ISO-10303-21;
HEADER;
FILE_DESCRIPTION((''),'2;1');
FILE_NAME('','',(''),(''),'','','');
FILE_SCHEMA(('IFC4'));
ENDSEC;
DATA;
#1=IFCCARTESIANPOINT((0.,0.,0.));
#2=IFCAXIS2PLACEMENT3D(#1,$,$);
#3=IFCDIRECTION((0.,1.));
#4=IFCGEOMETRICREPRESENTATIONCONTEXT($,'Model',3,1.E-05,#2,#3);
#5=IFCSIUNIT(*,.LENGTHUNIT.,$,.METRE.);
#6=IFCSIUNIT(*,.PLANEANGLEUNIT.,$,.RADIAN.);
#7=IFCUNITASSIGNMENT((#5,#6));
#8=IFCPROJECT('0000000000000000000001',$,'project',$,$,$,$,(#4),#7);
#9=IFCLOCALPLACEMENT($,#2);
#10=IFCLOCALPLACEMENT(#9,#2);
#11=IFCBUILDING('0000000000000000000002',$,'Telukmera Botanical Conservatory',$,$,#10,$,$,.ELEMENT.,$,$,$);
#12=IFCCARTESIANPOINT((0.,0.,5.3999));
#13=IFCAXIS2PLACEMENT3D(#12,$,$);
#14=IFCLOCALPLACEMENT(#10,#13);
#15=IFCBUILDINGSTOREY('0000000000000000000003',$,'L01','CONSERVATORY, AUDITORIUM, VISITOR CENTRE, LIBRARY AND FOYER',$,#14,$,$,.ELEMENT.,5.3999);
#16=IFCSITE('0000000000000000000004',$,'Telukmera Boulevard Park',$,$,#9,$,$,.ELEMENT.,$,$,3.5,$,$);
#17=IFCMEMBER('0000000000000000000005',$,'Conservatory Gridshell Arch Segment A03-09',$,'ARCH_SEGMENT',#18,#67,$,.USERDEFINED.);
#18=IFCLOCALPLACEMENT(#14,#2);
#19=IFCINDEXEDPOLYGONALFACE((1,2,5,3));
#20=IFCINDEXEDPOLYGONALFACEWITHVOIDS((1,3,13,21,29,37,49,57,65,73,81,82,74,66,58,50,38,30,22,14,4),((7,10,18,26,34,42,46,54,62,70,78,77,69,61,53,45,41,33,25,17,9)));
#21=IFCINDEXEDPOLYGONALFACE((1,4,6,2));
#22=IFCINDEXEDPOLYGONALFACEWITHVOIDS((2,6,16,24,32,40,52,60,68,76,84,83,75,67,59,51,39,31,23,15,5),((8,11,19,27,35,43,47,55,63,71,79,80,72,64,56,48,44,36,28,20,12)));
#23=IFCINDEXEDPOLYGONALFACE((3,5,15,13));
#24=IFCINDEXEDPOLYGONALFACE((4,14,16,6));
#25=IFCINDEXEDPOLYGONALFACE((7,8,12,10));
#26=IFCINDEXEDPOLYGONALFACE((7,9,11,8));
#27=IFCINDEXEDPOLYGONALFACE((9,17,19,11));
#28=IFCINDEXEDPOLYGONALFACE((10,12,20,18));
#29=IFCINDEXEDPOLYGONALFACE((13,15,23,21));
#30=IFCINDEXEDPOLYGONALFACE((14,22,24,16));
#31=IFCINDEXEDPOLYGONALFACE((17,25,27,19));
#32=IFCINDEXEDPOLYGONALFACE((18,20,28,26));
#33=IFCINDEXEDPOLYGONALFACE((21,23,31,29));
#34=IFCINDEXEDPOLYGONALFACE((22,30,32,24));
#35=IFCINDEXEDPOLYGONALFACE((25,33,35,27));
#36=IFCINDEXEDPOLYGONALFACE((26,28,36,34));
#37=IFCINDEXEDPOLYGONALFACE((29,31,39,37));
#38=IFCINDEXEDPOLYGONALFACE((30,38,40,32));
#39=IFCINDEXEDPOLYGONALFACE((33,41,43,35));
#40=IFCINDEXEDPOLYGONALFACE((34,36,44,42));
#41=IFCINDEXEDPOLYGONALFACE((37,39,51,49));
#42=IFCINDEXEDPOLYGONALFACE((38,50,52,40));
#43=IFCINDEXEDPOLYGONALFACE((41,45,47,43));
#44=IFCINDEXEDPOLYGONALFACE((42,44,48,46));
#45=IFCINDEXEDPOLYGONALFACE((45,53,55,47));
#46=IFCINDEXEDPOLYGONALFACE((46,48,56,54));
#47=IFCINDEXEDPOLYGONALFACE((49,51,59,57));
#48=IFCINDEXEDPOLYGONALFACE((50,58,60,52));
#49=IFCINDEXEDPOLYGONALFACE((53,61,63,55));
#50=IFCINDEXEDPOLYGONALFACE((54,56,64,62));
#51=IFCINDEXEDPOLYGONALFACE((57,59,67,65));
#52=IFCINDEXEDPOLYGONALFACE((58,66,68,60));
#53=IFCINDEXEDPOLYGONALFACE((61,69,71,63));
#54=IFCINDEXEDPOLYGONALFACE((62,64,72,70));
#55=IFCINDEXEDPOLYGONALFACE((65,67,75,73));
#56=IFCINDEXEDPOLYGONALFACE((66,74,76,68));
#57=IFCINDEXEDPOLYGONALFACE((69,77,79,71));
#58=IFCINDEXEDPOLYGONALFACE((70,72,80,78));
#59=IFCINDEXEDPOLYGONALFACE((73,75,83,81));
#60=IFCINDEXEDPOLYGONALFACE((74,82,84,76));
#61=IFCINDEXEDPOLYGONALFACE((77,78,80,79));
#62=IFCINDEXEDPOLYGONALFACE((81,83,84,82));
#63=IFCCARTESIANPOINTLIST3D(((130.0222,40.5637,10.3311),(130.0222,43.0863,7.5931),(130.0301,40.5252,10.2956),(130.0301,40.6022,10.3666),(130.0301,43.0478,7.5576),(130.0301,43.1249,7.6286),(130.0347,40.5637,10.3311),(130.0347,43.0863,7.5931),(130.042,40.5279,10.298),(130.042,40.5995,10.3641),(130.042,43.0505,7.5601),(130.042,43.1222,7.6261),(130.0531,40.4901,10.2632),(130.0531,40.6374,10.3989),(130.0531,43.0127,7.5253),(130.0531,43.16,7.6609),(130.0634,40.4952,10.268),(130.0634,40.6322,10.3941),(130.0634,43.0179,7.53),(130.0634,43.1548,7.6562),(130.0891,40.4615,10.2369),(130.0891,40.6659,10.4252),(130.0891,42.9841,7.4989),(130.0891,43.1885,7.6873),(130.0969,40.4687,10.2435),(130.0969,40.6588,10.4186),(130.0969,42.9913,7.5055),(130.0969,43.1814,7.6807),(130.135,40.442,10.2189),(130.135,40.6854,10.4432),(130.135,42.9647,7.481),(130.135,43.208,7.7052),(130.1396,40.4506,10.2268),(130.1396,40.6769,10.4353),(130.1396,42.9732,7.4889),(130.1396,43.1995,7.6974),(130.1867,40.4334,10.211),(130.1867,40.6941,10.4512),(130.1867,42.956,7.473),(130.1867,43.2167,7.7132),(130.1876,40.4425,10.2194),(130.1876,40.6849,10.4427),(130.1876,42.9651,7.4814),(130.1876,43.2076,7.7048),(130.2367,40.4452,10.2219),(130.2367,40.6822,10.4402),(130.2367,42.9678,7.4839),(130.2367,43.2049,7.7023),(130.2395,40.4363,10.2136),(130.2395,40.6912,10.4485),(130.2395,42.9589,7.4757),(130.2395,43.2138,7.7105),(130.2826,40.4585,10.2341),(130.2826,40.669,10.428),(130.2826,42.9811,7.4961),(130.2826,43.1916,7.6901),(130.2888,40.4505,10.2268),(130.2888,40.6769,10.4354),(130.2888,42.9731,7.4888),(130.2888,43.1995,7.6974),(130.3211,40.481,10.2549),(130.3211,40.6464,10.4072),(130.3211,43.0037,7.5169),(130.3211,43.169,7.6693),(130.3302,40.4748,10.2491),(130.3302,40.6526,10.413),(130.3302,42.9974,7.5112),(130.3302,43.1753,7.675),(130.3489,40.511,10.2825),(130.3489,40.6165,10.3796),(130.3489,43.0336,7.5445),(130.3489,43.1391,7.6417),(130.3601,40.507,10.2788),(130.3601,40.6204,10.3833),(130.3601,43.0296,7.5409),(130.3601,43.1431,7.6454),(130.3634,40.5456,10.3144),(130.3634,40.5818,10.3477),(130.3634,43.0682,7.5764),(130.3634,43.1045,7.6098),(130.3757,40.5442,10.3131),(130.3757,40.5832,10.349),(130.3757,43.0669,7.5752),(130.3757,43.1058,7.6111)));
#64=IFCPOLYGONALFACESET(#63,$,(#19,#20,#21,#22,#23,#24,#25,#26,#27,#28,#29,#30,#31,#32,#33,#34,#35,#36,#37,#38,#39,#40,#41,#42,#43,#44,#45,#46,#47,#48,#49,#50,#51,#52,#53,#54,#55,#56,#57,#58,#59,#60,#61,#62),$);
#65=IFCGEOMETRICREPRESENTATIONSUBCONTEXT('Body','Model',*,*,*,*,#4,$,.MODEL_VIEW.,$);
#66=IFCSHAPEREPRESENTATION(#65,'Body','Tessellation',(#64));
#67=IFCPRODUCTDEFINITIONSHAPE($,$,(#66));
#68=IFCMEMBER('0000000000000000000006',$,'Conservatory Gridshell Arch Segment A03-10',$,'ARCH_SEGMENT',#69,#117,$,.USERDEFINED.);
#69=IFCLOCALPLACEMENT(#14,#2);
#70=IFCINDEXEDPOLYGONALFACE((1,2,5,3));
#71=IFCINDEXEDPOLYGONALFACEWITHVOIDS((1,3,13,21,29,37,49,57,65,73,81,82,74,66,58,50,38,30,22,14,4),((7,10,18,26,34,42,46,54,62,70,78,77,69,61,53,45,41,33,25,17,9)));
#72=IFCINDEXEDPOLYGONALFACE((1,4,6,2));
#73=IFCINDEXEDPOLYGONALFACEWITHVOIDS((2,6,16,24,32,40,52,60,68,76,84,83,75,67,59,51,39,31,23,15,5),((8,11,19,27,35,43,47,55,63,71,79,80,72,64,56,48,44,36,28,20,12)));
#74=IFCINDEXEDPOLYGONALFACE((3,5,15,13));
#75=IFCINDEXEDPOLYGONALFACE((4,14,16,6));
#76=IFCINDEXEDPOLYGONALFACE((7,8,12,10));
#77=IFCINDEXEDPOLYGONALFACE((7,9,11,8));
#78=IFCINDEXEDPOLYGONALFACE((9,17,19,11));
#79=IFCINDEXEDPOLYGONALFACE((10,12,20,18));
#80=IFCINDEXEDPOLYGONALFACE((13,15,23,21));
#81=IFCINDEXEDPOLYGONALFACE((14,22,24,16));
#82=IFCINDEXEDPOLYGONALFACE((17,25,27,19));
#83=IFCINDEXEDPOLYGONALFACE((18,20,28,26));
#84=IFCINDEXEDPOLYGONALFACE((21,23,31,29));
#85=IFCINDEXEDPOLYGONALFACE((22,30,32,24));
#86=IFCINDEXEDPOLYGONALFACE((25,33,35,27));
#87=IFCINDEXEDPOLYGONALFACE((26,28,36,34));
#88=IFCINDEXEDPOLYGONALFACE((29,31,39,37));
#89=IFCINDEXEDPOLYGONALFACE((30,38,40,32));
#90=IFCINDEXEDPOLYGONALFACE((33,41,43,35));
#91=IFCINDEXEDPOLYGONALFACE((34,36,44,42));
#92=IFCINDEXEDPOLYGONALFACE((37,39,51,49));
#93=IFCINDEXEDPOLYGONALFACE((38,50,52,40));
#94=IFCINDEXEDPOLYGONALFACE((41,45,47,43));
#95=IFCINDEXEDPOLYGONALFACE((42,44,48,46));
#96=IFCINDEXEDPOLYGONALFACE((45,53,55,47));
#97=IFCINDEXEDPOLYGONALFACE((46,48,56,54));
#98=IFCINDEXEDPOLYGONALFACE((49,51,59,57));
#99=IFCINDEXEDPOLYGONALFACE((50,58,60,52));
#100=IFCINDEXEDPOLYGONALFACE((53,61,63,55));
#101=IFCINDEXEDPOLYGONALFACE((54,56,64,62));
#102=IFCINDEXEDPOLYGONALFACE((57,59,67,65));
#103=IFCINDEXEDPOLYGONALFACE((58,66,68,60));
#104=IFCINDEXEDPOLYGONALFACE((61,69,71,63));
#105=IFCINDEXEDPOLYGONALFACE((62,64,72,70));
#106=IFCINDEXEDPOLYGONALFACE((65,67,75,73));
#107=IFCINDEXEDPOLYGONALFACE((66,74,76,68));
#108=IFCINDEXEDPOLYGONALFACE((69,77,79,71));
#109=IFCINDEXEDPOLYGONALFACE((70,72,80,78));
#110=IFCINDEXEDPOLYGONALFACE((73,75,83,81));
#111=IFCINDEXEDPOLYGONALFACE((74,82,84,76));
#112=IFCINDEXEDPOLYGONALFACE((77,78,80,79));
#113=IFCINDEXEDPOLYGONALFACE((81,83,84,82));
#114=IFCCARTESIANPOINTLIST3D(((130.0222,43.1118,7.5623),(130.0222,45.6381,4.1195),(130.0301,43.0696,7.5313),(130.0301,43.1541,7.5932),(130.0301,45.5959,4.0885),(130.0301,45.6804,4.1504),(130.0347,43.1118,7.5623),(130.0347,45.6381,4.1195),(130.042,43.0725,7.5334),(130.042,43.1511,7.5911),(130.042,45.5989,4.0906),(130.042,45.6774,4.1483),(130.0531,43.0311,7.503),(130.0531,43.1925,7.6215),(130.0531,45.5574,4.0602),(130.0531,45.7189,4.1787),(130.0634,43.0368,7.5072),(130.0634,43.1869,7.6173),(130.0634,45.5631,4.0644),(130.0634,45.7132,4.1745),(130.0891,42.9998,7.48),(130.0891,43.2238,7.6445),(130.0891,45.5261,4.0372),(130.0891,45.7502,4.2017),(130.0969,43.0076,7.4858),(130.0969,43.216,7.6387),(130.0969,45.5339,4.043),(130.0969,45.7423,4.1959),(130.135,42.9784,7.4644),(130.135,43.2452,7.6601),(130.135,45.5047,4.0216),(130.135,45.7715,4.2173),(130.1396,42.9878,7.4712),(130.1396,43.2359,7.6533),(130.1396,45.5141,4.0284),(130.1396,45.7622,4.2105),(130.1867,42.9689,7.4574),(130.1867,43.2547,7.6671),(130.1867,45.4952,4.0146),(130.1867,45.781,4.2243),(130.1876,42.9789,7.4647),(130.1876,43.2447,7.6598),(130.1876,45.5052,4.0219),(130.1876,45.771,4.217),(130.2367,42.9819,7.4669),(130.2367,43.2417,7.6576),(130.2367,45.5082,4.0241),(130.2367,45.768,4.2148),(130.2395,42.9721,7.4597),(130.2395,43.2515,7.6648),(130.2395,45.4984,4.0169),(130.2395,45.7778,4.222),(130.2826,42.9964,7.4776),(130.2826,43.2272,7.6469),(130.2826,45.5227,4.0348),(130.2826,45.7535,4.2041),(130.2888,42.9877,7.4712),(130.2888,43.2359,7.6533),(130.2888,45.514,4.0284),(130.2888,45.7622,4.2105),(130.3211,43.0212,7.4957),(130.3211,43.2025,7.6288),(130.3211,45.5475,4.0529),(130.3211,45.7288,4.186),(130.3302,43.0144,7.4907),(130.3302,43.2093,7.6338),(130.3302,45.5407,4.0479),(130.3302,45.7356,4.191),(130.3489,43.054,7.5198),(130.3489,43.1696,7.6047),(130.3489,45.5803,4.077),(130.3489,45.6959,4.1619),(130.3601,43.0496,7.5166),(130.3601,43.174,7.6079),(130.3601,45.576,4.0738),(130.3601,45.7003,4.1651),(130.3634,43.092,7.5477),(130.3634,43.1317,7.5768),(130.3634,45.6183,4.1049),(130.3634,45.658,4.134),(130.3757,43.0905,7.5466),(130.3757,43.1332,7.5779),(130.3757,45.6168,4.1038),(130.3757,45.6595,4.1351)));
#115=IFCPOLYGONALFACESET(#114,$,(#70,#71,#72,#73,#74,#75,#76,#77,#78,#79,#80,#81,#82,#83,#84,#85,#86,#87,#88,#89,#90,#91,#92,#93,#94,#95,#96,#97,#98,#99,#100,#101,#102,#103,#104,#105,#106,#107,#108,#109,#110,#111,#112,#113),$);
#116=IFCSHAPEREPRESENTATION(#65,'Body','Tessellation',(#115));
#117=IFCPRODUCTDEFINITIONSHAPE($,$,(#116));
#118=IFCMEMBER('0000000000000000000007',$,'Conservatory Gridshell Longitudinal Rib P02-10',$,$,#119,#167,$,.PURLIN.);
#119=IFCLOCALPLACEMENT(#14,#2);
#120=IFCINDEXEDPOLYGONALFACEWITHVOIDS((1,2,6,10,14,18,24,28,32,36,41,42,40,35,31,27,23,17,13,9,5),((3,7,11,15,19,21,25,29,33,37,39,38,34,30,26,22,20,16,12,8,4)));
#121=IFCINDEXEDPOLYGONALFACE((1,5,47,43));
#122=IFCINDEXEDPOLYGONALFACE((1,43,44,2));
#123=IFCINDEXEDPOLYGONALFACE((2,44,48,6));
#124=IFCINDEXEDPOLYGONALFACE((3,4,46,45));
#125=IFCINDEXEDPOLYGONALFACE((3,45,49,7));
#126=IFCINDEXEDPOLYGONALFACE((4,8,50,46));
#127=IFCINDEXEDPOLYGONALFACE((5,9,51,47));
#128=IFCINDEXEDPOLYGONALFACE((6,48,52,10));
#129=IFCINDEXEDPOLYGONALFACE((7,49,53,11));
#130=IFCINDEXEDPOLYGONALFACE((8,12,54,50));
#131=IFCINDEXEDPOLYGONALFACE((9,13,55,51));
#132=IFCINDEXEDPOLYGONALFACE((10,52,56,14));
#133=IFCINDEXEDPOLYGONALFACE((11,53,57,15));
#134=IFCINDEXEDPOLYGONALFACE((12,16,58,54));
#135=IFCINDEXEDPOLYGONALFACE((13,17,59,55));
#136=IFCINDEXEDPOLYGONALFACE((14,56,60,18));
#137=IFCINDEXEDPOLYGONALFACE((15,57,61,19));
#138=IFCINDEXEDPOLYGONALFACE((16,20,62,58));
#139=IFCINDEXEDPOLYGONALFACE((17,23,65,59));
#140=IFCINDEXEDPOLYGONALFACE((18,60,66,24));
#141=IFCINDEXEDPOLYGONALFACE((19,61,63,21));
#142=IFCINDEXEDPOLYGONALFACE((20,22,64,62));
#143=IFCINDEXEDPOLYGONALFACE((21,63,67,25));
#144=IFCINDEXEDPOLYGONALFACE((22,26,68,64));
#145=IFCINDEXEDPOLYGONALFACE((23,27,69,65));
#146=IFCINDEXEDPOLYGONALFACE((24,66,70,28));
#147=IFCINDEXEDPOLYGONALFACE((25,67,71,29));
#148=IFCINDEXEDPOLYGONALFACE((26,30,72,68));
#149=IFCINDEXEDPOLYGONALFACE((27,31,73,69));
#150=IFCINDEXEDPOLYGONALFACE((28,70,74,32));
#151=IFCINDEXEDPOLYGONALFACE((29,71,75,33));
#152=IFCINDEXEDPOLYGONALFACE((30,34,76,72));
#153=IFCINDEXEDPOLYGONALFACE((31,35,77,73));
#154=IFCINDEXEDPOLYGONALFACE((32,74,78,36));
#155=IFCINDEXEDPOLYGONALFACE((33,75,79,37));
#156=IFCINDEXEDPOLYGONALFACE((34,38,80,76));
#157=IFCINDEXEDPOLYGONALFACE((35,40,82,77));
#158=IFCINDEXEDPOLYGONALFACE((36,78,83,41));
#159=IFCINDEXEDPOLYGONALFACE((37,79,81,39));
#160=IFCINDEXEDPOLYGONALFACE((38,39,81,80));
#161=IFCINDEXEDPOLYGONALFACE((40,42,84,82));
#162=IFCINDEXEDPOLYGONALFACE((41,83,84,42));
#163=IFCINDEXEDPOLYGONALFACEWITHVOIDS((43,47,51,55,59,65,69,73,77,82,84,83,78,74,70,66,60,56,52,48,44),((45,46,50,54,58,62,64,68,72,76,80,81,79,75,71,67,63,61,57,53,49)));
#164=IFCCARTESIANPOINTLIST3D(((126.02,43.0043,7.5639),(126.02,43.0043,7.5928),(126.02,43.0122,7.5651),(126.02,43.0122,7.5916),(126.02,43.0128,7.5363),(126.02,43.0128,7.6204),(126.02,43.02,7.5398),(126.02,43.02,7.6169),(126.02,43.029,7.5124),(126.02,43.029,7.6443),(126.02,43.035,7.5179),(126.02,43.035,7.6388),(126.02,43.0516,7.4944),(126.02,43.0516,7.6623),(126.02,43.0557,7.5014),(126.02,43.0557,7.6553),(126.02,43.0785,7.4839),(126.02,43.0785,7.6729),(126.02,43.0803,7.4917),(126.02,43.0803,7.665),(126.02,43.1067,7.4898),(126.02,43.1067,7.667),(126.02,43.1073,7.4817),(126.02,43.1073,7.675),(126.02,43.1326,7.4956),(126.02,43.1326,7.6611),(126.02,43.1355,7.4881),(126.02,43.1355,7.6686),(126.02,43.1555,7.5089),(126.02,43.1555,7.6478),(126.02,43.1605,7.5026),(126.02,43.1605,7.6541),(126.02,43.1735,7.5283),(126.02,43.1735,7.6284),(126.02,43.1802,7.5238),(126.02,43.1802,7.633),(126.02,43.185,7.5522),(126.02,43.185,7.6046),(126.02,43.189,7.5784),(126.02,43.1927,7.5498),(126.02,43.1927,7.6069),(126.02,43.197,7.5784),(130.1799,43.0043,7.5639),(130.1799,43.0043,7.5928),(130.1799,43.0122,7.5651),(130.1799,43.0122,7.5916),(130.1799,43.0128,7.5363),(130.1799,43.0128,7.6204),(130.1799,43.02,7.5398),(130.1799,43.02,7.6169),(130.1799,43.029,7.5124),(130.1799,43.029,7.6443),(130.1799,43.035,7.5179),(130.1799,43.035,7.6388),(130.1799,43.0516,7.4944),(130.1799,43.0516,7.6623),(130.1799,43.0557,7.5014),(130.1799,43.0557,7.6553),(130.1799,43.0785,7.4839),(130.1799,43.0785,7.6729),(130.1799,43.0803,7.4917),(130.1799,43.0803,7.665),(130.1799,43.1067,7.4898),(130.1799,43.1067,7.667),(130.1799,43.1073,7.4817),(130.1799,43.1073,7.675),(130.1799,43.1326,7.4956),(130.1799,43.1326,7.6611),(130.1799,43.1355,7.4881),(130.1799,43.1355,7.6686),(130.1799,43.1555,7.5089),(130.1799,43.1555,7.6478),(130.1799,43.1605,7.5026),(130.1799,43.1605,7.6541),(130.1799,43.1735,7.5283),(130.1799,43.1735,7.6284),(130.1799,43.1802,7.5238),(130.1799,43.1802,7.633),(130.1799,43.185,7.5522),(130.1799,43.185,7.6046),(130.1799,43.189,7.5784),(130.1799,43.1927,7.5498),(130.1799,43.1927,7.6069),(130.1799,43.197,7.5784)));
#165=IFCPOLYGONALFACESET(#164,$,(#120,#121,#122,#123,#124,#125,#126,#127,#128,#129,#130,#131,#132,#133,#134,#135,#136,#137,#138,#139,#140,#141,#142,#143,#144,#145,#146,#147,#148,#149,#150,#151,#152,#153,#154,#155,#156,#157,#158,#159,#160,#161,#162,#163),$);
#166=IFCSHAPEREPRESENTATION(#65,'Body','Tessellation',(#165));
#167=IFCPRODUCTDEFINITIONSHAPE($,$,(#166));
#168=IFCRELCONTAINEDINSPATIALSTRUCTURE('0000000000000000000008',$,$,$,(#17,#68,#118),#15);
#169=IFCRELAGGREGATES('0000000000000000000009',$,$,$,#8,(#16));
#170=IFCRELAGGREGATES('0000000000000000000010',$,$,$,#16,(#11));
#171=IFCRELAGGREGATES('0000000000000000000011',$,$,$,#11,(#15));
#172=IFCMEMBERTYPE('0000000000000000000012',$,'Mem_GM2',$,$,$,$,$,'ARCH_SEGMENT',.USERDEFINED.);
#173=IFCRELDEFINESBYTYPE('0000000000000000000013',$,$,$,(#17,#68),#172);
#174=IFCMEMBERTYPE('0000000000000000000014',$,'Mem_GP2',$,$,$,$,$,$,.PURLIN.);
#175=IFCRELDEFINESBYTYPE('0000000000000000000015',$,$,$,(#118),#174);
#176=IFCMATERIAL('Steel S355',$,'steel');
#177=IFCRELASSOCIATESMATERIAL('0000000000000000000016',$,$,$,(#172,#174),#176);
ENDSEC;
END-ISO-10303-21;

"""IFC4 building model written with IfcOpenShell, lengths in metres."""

from ifc_helpers import new_model, si_unit, direction, frame, origin, origin_2d, place, context, subcontext, project, spatial, hollow_circle, extrude, material, material_profile, profile_set, type_object, element, save


model = new_model("IFC4")

# Units and contexts
model_context = context("Model", 3, precision=1e-05, world=origin(), true_north=direction((0.0, 1.0)))
body_context = subcontext(model_context, "Body", "Model", "MODEL_VIEW")
ifc_project = project(units=[si_unit("LENGTHUNIT", "METRE"), si_unit("PLANEANGLEUNIT", "RADIAN")], contexts=[model_context])

# Site, building, storey
site_placement = place(None, origin())
site = spatial("IfcSite", under=ifc_project, at=site_placement, Name="Telukmera Boulevard Park", CompositionType="ELEMENT", RefElevation=3.5)
building_placement = place(site_placement, origin())
building = spatial("IfcBuilding", under=site, at=building_placement, Name="Telukmera Botanical Conservatory", CompositionType="ELEMENT")
storey_placement = place(building_placement, frame((0.0, 0.0, 5.3999)))
storey = spatial("IfcBuildingStorey", under=building, at=storey_placement, Name="L01", Description="CONSERVATORY, AUDITORIUM, VISITOR CENTRE, LIBRARY AND FOYER", CompositionType="ELEMENT", Elevation=5.3999)

# Shared definitions
ifc_material_1 = material(Name="Steel S355", Category="steel")

# Members
ifc_material_profile_1 = material_profile(ifc_material_1, hollow_circle(Radius=0.1777, WallThickness=0.0125, at=origin_2d()), Name="CHS 355.6x12.5")
ifc_profile_set_1 = profile_set([ifc_material_profile_1], Name="Steel S355")
member_type_1 = type_object("IfcMemberType", Name="Mem_GM2", ElementType="ARCH_SEGMENT", PredefinedType="USERDEFINED", material=ifc_profile_set_1)
member_1_placement = place(storey_placement, frame((130.2, 40.5637, 10.3311), z_axis=(0.0, 0.677596, -0.735434), x_axis=(-1.0, 0.0, 0.0)))
element("IfcMember", 1, at=member_1_placement, inside=storey, type_object=member_type_1, Name="Conservatory Gridshell Arch Segment A03-09", ObjectType="ARCH_SEGMENT", PredefinedType="USERDEFINED", context=body_context, shape_type="SweptSolid", body=[
    extrude(hollow_circle(Radius=0.1777, WallThickness=0.0125, at=origin_2d()), origin(), (0.0, 0.0, 1.0), 3.7229),
])
member_2_placement = place(storey_placement, frame((130.2, 43.1118, 7.5623), z_axis=(0.0, 0.591607, -0.806227), x_axis=(-1.0, 0.0, 0.0)))
element("IfcMember", 2, at=member_2_placement, inside=storey, type_object=member_type_1, Name="Conservatory Gridshell Arch Segment A03-10", ObjectType="ARCH_SEGMENT", PredefinedType="USERDEFINED", context=body_context, shape_type="SweptSolid", body=[
    extrude(hollow_circle(Radius=0.1777, WallThickness=0.0125, at=origin_2d()), origin(), (0.0, 0.0, 1.0), 4.2703),
])
ifc_material_profile_2 = material_profile(ifc_material_1, hollow_circle(Radius=0.0969, WallThickness=0.0081, at=origin_2d()), Name="CHS 193.7x8.0")
ifc_profile_set_2 = profile_set([ifc_material_profile_2], Name="Steel S355")
member_type_2 = type_object("IfcMemberType", Name="Mem_GP2", PredefinedType="PURLIN", material=ifc_profile_set_2)
for number, where, z_axis, x_axis, name in (
    (3, (126.02, 43.1001, 7.5784), (1.0, 0.0, 0.0), (0.0, 1.0, 0.0), "Conservatory Gridshell Longitudinal Rib P02-10"),
):
    element("IfcMember", number, at=place(storey_placement, frame(where, z_axis=z_axis, x_axis=x_axis)), inside=storey, type_object=member_type_2, Name=name, PredefinedType="PURLIN", context=body_context, shape_type="SweptSolid", body=[
        extrude(hollow_circle(Radius=0.0969, WallThickness=0.0081, at=origin_2d()), origin(), (0.0, 0.0, 1.0), 4.1599),
    ])

save(model, "model.ifc")
